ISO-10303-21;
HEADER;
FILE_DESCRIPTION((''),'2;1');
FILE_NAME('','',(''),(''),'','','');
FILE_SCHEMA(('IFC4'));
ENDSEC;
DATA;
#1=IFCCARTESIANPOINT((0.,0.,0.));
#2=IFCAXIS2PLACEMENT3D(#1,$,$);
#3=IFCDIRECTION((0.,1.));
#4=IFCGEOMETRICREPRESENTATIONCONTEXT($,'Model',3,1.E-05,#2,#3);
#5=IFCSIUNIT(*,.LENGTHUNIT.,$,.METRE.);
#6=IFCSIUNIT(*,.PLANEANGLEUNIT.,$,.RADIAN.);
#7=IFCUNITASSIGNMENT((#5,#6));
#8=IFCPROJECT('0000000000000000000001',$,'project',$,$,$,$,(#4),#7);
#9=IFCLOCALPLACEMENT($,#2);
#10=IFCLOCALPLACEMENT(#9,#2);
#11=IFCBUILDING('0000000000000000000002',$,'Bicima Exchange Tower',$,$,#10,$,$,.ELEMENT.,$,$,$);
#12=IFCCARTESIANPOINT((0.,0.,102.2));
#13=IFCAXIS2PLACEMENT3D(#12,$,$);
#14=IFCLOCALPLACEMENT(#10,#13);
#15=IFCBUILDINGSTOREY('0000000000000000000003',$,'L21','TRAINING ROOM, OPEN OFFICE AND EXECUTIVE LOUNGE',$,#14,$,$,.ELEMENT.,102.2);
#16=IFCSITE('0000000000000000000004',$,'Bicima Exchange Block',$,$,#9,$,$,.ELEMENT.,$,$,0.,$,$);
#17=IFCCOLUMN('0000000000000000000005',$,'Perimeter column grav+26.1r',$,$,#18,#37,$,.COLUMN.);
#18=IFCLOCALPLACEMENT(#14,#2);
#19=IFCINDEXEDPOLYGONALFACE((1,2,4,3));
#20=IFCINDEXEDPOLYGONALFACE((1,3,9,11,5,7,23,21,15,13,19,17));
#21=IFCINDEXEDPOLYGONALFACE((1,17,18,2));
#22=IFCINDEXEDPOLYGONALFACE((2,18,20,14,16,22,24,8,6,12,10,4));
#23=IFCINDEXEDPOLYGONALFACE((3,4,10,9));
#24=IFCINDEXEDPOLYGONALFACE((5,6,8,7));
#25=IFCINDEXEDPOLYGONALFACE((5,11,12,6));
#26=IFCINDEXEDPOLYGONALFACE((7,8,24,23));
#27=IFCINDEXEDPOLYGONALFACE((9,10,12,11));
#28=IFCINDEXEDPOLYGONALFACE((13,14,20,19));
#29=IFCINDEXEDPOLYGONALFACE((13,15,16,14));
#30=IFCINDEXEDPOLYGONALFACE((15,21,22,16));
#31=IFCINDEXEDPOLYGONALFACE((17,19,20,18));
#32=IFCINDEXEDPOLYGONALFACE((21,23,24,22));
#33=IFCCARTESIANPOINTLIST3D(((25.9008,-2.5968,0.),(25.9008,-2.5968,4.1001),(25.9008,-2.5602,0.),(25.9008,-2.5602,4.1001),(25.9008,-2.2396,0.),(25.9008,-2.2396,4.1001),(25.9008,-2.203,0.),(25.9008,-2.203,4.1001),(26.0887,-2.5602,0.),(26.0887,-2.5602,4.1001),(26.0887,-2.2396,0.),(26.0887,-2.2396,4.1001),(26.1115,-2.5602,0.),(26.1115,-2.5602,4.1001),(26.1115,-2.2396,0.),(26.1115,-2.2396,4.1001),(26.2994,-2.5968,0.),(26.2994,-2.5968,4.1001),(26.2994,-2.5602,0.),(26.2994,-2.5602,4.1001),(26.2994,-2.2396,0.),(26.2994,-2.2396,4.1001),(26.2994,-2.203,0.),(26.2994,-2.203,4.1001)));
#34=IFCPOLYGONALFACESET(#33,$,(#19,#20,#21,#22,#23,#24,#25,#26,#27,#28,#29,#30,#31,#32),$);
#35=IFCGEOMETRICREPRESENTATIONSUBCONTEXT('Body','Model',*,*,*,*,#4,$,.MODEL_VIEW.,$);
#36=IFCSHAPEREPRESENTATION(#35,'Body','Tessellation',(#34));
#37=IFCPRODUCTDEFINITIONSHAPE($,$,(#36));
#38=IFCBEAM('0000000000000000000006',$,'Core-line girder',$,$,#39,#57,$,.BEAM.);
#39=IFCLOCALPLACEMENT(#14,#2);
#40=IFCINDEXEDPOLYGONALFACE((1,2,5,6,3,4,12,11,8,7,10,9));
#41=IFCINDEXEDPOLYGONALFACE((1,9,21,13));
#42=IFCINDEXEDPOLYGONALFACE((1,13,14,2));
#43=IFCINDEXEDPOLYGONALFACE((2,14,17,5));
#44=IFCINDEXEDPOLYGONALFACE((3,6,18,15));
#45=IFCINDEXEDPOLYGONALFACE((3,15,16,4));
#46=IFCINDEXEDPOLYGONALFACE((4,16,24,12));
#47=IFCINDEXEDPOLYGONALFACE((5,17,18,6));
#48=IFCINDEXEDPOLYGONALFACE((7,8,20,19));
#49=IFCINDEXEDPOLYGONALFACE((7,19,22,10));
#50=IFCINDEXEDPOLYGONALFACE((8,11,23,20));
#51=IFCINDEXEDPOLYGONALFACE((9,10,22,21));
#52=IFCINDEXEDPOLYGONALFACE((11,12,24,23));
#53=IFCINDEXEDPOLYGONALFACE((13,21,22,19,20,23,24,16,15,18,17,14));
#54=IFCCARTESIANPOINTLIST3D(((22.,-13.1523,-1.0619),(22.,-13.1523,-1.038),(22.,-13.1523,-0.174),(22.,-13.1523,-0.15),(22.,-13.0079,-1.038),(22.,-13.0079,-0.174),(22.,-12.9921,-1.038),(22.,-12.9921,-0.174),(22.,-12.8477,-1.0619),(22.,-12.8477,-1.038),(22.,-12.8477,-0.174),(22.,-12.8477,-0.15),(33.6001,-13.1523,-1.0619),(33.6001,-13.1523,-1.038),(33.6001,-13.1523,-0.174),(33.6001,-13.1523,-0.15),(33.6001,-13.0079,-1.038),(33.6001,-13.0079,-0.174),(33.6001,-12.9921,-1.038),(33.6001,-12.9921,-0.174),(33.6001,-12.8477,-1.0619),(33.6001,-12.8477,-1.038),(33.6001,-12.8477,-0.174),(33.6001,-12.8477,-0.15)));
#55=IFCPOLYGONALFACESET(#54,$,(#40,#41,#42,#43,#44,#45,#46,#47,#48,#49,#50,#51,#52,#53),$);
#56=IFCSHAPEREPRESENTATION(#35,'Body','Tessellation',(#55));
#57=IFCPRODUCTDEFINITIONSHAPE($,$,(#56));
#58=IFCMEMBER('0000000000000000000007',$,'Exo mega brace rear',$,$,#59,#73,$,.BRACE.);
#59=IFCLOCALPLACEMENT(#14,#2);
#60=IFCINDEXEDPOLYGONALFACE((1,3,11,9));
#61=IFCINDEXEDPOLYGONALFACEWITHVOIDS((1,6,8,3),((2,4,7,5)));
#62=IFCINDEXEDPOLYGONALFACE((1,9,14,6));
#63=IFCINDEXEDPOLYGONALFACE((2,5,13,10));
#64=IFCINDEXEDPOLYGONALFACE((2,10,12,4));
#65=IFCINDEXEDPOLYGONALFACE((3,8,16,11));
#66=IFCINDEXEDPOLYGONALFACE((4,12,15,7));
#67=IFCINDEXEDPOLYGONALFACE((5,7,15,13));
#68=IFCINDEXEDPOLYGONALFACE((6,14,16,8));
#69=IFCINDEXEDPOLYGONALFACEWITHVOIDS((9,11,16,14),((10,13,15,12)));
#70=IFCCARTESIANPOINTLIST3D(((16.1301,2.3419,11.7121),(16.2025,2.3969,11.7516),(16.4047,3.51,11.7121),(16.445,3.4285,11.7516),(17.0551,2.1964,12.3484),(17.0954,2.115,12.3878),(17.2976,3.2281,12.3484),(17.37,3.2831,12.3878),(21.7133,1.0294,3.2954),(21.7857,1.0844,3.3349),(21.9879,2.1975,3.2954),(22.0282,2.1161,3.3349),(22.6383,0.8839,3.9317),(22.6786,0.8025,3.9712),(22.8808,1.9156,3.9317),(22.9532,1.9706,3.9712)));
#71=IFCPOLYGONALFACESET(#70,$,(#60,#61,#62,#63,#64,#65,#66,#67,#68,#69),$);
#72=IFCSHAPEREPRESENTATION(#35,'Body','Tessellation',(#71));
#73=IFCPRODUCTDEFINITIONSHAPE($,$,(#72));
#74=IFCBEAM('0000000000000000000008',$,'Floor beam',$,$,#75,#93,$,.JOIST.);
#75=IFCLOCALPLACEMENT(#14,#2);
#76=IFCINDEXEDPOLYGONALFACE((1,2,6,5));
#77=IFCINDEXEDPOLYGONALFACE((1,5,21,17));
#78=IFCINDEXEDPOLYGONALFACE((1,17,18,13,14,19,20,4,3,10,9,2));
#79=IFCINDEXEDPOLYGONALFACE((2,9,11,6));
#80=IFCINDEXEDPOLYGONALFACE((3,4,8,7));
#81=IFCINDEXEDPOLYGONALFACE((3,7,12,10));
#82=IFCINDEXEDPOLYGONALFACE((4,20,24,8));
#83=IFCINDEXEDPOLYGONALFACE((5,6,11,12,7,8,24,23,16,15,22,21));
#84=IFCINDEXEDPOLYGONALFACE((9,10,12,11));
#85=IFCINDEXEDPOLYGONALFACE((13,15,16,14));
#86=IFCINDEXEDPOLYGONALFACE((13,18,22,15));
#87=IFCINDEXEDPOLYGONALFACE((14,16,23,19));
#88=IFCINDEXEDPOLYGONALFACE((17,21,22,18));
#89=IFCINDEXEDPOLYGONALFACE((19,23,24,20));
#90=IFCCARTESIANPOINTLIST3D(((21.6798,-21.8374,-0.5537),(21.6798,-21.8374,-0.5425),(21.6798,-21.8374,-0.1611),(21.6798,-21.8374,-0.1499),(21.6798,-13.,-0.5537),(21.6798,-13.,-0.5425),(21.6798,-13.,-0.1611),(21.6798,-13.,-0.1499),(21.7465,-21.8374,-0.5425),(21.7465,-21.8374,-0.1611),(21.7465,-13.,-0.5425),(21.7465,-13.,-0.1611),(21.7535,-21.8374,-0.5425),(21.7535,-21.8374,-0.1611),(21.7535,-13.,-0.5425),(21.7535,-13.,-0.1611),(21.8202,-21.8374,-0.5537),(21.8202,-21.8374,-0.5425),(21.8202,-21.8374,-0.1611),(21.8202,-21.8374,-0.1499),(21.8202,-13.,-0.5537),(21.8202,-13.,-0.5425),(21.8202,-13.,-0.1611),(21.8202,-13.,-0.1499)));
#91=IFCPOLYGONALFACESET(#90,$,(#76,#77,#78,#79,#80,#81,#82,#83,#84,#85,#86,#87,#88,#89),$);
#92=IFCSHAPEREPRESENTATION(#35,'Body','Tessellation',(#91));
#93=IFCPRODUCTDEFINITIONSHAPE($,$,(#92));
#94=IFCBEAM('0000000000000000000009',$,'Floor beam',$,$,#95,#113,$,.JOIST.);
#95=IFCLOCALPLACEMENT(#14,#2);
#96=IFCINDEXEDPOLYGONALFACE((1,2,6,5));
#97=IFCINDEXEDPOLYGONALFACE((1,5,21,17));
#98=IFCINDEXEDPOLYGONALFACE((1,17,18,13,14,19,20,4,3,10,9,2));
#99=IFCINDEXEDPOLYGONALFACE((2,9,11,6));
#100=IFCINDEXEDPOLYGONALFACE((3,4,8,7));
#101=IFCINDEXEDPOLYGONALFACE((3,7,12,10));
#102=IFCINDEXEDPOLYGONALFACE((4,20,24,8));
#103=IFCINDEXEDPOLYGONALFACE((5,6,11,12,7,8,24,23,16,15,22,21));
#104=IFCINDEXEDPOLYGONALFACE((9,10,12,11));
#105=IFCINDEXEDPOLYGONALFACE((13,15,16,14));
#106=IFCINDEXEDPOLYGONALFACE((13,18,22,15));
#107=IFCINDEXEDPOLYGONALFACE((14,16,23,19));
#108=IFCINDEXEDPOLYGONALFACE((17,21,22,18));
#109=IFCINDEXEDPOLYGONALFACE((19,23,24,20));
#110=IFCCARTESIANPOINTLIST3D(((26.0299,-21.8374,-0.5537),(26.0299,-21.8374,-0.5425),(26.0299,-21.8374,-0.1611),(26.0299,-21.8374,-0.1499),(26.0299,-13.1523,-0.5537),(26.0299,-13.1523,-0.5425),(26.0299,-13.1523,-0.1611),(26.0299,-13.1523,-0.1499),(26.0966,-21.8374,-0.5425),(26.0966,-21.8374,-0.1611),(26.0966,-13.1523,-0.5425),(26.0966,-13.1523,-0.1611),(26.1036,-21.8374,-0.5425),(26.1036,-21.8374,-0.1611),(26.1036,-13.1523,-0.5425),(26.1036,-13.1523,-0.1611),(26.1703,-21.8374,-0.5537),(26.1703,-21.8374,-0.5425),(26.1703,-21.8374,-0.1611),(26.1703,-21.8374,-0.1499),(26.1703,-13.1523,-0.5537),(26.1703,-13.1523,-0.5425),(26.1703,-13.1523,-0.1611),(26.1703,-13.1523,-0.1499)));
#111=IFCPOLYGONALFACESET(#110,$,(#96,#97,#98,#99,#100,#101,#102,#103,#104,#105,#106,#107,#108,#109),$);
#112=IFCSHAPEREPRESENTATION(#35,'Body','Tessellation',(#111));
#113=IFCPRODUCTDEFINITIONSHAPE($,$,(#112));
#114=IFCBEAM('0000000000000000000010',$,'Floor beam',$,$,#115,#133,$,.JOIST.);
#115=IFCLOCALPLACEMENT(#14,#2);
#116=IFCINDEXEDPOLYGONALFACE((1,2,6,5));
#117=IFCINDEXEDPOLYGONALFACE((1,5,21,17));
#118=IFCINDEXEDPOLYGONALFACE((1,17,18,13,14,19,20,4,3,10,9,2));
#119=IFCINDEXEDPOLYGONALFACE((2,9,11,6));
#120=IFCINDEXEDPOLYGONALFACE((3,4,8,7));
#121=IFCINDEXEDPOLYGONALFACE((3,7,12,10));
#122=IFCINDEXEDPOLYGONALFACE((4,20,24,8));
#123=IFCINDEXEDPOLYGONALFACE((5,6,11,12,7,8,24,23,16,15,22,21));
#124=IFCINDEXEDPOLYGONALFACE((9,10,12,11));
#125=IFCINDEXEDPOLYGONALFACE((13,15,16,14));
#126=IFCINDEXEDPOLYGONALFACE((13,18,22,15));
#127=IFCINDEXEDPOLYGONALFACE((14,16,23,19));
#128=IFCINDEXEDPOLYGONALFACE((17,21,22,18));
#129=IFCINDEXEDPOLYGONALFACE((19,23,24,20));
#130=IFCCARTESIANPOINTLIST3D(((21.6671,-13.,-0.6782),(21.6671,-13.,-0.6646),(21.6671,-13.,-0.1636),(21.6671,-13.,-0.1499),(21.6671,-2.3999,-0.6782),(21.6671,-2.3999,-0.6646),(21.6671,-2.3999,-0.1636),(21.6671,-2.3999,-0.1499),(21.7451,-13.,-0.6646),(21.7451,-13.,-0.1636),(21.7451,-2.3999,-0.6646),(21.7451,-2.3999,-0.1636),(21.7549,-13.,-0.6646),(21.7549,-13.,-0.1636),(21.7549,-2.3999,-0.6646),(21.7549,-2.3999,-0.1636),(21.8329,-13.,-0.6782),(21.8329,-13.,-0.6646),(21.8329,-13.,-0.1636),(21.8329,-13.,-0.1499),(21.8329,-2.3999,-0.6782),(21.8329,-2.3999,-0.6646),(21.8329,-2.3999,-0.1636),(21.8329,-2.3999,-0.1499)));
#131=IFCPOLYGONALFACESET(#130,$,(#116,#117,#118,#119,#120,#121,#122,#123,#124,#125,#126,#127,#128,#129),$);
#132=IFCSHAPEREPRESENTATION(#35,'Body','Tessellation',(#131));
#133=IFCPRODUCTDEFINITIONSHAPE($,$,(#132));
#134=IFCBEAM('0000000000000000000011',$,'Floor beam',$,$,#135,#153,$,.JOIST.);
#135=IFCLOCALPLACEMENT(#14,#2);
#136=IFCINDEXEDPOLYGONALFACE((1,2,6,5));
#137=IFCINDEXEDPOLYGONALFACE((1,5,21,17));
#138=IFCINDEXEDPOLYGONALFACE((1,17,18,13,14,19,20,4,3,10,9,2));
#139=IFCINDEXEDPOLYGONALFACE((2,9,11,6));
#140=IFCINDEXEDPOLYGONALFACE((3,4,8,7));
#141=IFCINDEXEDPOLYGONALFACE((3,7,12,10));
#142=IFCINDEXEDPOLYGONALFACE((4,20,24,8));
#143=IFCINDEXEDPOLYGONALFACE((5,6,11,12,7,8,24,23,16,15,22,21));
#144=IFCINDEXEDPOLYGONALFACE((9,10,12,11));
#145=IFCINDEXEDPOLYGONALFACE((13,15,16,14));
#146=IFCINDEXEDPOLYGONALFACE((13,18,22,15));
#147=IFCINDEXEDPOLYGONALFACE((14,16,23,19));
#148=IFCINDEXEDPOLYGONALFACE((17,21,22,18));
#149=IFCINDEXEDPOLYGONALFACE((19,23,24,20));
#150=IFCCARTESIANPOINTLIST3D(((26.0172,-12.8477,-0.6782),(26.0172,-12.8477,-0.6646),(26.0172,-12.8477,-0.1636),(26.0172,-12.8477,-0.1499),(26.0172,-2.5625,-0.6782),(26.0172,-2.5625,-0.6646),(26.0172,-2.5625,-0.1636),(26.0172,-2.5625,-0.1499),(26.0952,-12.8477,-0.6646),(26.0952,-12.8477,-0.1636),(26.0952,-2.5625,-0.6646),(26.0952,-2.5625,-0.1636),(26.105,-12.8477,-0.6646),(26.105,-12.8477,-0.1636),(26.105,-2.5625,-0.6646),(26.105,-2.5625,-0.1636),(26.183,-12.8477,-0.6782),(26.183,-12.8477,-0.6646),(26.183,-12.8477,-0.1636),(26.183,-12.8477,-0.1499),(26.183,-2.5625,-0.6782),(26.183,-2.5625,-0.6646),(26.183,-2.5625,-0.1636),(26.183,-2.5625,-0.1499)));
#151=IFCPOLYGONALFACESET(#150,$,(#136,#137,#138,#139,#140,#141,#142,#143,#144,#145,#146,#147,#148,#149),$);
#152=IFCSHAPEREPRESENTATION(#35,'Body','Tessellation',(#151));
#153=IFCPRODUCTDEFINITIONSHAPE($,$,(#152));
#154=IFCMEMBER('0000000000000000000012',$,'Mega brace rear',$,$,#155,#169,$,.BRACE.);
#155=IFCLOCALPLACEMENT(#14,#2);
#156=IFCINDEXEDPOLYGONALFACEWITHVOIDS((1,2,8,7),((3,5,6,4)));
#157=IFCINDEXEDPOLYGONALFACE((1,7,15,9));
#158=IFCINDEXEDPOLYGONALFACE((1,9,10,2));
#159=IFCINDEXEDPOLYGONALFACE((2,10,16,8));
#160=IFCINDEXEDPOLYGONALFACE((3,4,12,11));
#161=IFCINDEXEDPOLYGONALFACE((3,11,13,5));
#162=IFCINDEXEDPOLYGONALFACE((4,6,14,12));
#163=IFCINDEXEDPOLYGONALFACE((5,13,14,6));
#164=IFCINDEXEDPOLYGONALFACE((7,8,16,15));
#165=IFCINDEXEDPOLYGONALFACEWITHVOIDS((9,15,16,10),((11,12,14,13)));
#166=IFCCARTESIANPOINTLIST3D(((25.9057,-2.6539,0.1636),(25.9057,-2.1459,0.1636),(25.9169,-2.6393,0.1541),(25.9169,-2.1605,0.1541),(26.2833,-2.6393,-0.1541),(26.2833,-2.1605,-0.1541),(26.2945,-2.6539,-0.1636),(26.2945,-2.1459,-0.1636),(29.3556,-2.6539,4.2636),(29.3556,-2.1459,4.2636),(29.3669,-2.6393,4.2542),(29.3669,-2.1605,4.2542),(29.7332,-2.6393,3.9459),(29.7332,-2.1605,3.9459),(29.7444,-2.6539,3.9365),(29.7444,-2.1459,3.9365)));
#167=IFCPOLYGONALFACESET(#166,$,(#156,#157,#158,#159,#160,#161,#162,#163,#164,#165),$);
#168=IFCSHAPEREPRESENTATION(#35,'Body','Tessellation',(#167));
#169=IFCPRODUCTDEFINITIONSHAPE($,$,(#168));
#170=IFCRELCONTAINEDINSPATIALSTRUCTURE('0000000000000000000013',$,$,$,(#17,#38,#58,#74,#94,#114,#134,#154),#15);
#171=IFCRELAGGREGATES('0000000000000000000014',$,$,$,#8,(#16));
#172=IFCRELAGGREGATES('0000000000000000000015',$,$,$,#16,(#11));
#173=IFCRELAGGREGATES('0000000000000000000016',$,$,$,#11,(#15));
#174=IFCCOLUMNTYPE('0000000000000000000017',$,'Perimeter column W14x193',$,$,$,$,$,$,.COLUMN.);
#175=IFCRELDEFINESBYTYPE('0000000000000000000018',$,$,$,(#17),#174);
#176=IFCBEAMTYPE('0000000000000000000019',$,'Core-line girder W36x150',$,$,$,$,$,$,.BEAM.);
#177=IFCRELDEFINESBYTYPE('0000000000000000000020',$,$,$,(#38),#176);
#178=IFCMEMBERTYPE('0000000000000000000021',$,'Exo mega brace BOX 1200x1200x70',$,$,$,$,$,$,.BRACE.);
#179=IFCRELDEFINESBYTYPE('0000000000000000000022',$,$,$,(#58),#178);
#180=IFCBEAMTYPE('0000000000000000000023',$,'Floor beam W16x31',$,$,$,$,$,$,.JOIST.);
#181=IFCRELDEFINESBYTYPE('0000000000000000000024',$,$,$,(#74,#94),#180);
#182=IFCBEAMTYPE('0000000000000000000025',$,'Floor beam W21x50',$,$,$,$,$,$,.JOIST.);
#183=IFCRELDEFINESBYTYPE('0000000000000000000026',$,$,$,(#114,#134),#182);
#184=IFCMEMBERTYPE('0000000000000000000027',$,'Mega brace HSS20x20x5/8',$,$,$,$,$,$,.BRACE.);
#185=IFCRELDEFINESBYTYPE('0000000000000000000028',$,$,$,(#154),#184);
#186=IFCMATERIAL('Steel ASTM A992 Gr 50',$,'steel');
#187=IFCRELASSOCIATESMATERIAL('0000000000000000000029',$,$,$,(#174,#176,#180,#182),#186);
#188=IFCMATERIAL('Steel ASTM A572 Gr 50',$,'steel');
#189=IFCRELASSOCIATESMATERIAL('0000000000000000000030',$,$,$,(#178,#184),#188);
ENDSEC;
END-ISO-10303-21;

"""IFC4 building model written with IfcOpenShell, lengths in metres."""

from ifc_helpers import new_model, si_unit, direction, frame, origin, origin_2d, place, context, subcontext, project, spatial, hollow_rectangle, i_section, extrude, material, material_profile, profile_set, type_object, element, save


model = new_model("IFC4")

# Units and contexts
model_context = context("Model", 3, precision=1e-05, world=origin(), true_north=direction((0.0, 1.0)))
body_context = subcontext(model_context, "Body", "Model", "MODEL_VIEW")
ifc_project = project(units=[si_unit("LENGTHUNIT", "METRE"), si_unit("PLANEANGLEUNIT", "RADIAN")], contexts=[model_context])

# Site, building, storey
site_placement = place(None, origin())
site = spatial("IfcSite", under=ifc_project, at=site_placement, Name="Bicima Exchange Block", CompositionType="ELEMENT", RefElevation=0.0)
building_placement = place(site_placement, origin())
building = spatial("IfcBuilding", under=site, at=building_placement, Name="Bicima Exchange Tower", CompositionType="ELEMENT")
storey_placement = place(building_placement, frame((0.0, 0.0, 102.2)))
storey = spatial("IfcBuildingStorey", under=building, at=storey_placement, Name="L21", Description="TRAINING ROOM, OPEN OFFICE AND EXECUTIVE LOUNGE", CompositionType="ELEMENT", Elevation=102.2)

# Column
ifc_material_1 = material(Name="Steel ASTM A992 Gr 50", Category="steel")
ifc_material_profile_1 = material_profile(ifc_material_1, i_section(OverallWidth=0.3987, OverallDepth=0.3938, WebThickness=0.0227, FlangeThickness=0.0366, at=origin_2d()))
ifc_profile_set_1 = profile_set([ifc_material_profile_1], Name="Steel ASTM A992 Gr 50")
column_type = type_object("IfcColumnType", Name="Perimeter column W14x193", PredefinedType="COLUMN", material=ifc_profile_set_1)
column_placement = place(storey_placement, frame((26.1001, -2.3999, 0.0), z_axis=(0.0, 0.0, 1.0), x_axis=(1.0, 0.0, 0.0)))
element("IfcColumn", 1, at=column_placement, inside=storey, type_object=column_type, Name="Perimeter column grav+26.1r", PredefinedType="COLUMN", context=body_context, shape_type="SweptSolid", body=[
    extrude(i_section(OverallWidth=0.3987, OverallDepth=0.3938, WebThickness=0.0227, FlangeThickness=0.0366, at=origin_2d()), origin(), (0.0, 0.0, 1.0), 4.1001),
])

# Beam
ifc_material_profile_2 = material_profile(ifc_material_1, i_section(OverallWidth=0.3047, OverallDepth=0.9119, WebThickness=0.0159, FlangeThickness=0.0239, at=origin_2d()))
ifc_profile_set_2 = profile_set([ifc_material_profile_2], Name="Steel ASTM A992 Gr 50")
beam_type_1 = type_object("IfcBeamType", Name="Core-line girder W36x150", PredefinedType="BEAM", material=ifc_profile_set_2)
beam_1_placement = place(storey_placement, frame((22.0, -13.0, -0.606), z_axis=(1.0, 0.0, 0.0), x_axis=(0.0, 1.0, 0.0)))
element("IfcBeam", 2, at=beam_1_placement, inside=storey, type_object=beam_type_1, Name="Core-line girder", PredefinedType="BEAM", context=body_context, shape_type="SweptSolid", body=[
    extrude(i_section(OverallWidth=0.3047, OverallDepth=0.9119, WebThickness=0.0159, FlangeThickness=0.0239, at=origin_2d()), origin(), (0.0, 0.0, 1.0), 11.6001),
])

# Member
ifc_material_2 = material(Name="Steel ASTM A572 Gr 50", Category="steel")
ifc_material_profile_3 = material_profile(ifc_material_2, hollow_rectangle(XDim=1.2, YDim=1.2, WallThickness=0.0701, at=origin_2d()))
ifc_profile_set_3 = profile_set([ifc_material_profile_3], Name="Steel ASTM A572 Gr 50")
member_type_1 = type_object("IfcMemberType", Name="Exo mega brace BOX 1200x1200x70", PredefinedType="BRACE", material=ifc_profile_set_3)
member_1_placement = place(storey_placement, frame((22.3333, 1.5, 3.6333), z_axis=(-0.548176, 0.128864, 0.826376), x_axis=(-0.22884, -0.973464, 0.0)))
element("IfcMember", 3, at=member_1_placement, inside=storey, type_object=member_type_1, Name="Exo mega brace rear", PredefinedType="BRACE", context=body_context, shape_type="SweptSolid", body=[
    extrude(hollow_rectangle(XDim=1.2, YDim=1.2, WallThickness=0.0701, at=origin_2d()), origin(), (0.0, 0.0, 1.0), 10.1851),
])

# Beams
ifc_material_profile_4 = material_profile(ifc_material_1, i_section(OverallWidth=0.1404, OverallDepth=0.4038, WebThickness=0.0071, FlangeThickness=0.0112, at=origin_2d()))
ifc_profile_set_4 = profile_set([ifc_material_profile_4], Name="Steel ASTM A992 Gr 50")
beam_type_2 = type_object("IfcBeamType", Name="Floor beam W16x31", PredefinedType="JOIST", material=ifc_profile_set_4)
beam_2_placement = place(storey_placement, frame((21.75, -13.0, -0.3518), z_axis=(0.0, -1.0, 0.0), x_axis=(1.0, 0.0, 0.0)))
element("IfcBeam", 4, at=beam_2_placement, inside=storey, type_object=beam_type_2, Name="Floor beam", PredefinedType="JOIST", context=body_context, shape_type="SweptSolid", body=[
    extrude(i_section(OverallWidth=0.1404, OverallDepth=0.4038, WebThickness=0.0071, FlangeThickness=0.0112, at=origin_2d()), origin(), (0.0, 0.0, 1.0), 8.8374),
])
beam_3_placement = place(storey_placement, frame((26.1001, -13.1523, -0.3518), z_axis=(0.0, -1.0, 0.0), x_axis=(1.0, 0.0, 0.0)))
element("IfcBeam", 5, at=beam_3_placement, inside=storey, type_object=beam_type_2, Name="Floor beam", PredefinedType="JOIST", context=body_context, shape_type="SweptSolid", body=[
    extrude(i_section(OverallWidth=0.1404, OverallDepth=0.4038, WebThickness=0.0071, FlangeThickness=0.0112, at=origin_2d()), origin(), (0.0, 0.0, 1.0), 8.6851),
])
ifc_material_profile_5 = material_profile(ifc_material_1, i_section(OverallWidth=0.1658, OverallDepth=0.5283, WebThickness=0.0098, FlangeThickness=0.0137, at=origin_2d()))
ifc_profile_set_5 = profile_set([ifc_material_profile_5], Name="Steel ASTM A992 Gr 50")
beam_type_3 = type_object("IfcBeamType", Name="Floor beam W21x50", PredefinedType="JOIST", material=ifc_profile_set_5)
beam_4_placement = place(storey_placement, frame((21.75, -2.3999, -0.4141), z_axis=(0.0, -1.0, 0.0), x_axis=(1.0, 0.0, 0.0)))
element("IfcBeam", 6, at=beam_4_placement, inside=storey, type_object=beam_type_3, Name="Floor beam", PredefinedType="JOIST", context=body_context, shape_type="SweptSolid", body=[
    extrude(i_section(OverallWidth=0.1658, OverallDepth=0.5283, WebThickness=0.0098, FlangeThickness=0.0137, at=origin_2d()), origin(), (0.0, 0.0, 1.0), 10.6001),
])
beam_5_placement = place(storey_placement, frame((26.1001, -2.5625, -0.4141), z_axis=(0.0, -1.0, 0.0), x_axis=(1.0, 0.0, 0.0)))
element("IfcBeam", 7, at=beam_5_placement, inside=storey, type_object=beam_type_3, Name="Floor beam", PredefinedType="JOIST", context=body_context, shape_type="SweptSolid", body=[
    extrude(i_section(OverallWidth=0.1658, OverallDepth=0.5283, WebThickness=0.0098, FlangeThickness=0.0137, at=origin_2d()), origin(), (0.0, 0.0, 1.0), 10.2852),
])

# Member
ifc_material_profile_6 = material_profile(ifc_material_2, hollow_rectangle(XDim=0.5081, YDim=0.5081, WallThickness=0.0146, at=origin_2d()))
ifc_profile_set_6 = profile_set([ifc_material_profile_6], Name="Steel ASTM A572 Gr 50")
member_type_2 = type_object("IfcMemberType", Name="Mega brace HSS20x20x5/8", PredefinedType="BRACE", material=ifc_profile_set_6)
member_2_placement = place(storey_placement, frame((26.1001, -2.3999, 0.0), z_axis=(0.643834, 0.0, 0.765165), x_axis=(0.0, 1.0, 0.0)))
element("IfcMember", 8, at=member_2_placement, inside=storey, type_object=member_type_2, Name="Mega brace rear", PredefinedType="BRACE", context=body_context, shape_type="SweptSolid", body=[
    extrude(hollow_rectangle(XDim=0.5081, YDim=0.5081, WallThickness=0.0146, at=origin_2d()), origin(), (0.0, 0.0, 1.0), 5.3584),
])

save(model, "model.ifc")
